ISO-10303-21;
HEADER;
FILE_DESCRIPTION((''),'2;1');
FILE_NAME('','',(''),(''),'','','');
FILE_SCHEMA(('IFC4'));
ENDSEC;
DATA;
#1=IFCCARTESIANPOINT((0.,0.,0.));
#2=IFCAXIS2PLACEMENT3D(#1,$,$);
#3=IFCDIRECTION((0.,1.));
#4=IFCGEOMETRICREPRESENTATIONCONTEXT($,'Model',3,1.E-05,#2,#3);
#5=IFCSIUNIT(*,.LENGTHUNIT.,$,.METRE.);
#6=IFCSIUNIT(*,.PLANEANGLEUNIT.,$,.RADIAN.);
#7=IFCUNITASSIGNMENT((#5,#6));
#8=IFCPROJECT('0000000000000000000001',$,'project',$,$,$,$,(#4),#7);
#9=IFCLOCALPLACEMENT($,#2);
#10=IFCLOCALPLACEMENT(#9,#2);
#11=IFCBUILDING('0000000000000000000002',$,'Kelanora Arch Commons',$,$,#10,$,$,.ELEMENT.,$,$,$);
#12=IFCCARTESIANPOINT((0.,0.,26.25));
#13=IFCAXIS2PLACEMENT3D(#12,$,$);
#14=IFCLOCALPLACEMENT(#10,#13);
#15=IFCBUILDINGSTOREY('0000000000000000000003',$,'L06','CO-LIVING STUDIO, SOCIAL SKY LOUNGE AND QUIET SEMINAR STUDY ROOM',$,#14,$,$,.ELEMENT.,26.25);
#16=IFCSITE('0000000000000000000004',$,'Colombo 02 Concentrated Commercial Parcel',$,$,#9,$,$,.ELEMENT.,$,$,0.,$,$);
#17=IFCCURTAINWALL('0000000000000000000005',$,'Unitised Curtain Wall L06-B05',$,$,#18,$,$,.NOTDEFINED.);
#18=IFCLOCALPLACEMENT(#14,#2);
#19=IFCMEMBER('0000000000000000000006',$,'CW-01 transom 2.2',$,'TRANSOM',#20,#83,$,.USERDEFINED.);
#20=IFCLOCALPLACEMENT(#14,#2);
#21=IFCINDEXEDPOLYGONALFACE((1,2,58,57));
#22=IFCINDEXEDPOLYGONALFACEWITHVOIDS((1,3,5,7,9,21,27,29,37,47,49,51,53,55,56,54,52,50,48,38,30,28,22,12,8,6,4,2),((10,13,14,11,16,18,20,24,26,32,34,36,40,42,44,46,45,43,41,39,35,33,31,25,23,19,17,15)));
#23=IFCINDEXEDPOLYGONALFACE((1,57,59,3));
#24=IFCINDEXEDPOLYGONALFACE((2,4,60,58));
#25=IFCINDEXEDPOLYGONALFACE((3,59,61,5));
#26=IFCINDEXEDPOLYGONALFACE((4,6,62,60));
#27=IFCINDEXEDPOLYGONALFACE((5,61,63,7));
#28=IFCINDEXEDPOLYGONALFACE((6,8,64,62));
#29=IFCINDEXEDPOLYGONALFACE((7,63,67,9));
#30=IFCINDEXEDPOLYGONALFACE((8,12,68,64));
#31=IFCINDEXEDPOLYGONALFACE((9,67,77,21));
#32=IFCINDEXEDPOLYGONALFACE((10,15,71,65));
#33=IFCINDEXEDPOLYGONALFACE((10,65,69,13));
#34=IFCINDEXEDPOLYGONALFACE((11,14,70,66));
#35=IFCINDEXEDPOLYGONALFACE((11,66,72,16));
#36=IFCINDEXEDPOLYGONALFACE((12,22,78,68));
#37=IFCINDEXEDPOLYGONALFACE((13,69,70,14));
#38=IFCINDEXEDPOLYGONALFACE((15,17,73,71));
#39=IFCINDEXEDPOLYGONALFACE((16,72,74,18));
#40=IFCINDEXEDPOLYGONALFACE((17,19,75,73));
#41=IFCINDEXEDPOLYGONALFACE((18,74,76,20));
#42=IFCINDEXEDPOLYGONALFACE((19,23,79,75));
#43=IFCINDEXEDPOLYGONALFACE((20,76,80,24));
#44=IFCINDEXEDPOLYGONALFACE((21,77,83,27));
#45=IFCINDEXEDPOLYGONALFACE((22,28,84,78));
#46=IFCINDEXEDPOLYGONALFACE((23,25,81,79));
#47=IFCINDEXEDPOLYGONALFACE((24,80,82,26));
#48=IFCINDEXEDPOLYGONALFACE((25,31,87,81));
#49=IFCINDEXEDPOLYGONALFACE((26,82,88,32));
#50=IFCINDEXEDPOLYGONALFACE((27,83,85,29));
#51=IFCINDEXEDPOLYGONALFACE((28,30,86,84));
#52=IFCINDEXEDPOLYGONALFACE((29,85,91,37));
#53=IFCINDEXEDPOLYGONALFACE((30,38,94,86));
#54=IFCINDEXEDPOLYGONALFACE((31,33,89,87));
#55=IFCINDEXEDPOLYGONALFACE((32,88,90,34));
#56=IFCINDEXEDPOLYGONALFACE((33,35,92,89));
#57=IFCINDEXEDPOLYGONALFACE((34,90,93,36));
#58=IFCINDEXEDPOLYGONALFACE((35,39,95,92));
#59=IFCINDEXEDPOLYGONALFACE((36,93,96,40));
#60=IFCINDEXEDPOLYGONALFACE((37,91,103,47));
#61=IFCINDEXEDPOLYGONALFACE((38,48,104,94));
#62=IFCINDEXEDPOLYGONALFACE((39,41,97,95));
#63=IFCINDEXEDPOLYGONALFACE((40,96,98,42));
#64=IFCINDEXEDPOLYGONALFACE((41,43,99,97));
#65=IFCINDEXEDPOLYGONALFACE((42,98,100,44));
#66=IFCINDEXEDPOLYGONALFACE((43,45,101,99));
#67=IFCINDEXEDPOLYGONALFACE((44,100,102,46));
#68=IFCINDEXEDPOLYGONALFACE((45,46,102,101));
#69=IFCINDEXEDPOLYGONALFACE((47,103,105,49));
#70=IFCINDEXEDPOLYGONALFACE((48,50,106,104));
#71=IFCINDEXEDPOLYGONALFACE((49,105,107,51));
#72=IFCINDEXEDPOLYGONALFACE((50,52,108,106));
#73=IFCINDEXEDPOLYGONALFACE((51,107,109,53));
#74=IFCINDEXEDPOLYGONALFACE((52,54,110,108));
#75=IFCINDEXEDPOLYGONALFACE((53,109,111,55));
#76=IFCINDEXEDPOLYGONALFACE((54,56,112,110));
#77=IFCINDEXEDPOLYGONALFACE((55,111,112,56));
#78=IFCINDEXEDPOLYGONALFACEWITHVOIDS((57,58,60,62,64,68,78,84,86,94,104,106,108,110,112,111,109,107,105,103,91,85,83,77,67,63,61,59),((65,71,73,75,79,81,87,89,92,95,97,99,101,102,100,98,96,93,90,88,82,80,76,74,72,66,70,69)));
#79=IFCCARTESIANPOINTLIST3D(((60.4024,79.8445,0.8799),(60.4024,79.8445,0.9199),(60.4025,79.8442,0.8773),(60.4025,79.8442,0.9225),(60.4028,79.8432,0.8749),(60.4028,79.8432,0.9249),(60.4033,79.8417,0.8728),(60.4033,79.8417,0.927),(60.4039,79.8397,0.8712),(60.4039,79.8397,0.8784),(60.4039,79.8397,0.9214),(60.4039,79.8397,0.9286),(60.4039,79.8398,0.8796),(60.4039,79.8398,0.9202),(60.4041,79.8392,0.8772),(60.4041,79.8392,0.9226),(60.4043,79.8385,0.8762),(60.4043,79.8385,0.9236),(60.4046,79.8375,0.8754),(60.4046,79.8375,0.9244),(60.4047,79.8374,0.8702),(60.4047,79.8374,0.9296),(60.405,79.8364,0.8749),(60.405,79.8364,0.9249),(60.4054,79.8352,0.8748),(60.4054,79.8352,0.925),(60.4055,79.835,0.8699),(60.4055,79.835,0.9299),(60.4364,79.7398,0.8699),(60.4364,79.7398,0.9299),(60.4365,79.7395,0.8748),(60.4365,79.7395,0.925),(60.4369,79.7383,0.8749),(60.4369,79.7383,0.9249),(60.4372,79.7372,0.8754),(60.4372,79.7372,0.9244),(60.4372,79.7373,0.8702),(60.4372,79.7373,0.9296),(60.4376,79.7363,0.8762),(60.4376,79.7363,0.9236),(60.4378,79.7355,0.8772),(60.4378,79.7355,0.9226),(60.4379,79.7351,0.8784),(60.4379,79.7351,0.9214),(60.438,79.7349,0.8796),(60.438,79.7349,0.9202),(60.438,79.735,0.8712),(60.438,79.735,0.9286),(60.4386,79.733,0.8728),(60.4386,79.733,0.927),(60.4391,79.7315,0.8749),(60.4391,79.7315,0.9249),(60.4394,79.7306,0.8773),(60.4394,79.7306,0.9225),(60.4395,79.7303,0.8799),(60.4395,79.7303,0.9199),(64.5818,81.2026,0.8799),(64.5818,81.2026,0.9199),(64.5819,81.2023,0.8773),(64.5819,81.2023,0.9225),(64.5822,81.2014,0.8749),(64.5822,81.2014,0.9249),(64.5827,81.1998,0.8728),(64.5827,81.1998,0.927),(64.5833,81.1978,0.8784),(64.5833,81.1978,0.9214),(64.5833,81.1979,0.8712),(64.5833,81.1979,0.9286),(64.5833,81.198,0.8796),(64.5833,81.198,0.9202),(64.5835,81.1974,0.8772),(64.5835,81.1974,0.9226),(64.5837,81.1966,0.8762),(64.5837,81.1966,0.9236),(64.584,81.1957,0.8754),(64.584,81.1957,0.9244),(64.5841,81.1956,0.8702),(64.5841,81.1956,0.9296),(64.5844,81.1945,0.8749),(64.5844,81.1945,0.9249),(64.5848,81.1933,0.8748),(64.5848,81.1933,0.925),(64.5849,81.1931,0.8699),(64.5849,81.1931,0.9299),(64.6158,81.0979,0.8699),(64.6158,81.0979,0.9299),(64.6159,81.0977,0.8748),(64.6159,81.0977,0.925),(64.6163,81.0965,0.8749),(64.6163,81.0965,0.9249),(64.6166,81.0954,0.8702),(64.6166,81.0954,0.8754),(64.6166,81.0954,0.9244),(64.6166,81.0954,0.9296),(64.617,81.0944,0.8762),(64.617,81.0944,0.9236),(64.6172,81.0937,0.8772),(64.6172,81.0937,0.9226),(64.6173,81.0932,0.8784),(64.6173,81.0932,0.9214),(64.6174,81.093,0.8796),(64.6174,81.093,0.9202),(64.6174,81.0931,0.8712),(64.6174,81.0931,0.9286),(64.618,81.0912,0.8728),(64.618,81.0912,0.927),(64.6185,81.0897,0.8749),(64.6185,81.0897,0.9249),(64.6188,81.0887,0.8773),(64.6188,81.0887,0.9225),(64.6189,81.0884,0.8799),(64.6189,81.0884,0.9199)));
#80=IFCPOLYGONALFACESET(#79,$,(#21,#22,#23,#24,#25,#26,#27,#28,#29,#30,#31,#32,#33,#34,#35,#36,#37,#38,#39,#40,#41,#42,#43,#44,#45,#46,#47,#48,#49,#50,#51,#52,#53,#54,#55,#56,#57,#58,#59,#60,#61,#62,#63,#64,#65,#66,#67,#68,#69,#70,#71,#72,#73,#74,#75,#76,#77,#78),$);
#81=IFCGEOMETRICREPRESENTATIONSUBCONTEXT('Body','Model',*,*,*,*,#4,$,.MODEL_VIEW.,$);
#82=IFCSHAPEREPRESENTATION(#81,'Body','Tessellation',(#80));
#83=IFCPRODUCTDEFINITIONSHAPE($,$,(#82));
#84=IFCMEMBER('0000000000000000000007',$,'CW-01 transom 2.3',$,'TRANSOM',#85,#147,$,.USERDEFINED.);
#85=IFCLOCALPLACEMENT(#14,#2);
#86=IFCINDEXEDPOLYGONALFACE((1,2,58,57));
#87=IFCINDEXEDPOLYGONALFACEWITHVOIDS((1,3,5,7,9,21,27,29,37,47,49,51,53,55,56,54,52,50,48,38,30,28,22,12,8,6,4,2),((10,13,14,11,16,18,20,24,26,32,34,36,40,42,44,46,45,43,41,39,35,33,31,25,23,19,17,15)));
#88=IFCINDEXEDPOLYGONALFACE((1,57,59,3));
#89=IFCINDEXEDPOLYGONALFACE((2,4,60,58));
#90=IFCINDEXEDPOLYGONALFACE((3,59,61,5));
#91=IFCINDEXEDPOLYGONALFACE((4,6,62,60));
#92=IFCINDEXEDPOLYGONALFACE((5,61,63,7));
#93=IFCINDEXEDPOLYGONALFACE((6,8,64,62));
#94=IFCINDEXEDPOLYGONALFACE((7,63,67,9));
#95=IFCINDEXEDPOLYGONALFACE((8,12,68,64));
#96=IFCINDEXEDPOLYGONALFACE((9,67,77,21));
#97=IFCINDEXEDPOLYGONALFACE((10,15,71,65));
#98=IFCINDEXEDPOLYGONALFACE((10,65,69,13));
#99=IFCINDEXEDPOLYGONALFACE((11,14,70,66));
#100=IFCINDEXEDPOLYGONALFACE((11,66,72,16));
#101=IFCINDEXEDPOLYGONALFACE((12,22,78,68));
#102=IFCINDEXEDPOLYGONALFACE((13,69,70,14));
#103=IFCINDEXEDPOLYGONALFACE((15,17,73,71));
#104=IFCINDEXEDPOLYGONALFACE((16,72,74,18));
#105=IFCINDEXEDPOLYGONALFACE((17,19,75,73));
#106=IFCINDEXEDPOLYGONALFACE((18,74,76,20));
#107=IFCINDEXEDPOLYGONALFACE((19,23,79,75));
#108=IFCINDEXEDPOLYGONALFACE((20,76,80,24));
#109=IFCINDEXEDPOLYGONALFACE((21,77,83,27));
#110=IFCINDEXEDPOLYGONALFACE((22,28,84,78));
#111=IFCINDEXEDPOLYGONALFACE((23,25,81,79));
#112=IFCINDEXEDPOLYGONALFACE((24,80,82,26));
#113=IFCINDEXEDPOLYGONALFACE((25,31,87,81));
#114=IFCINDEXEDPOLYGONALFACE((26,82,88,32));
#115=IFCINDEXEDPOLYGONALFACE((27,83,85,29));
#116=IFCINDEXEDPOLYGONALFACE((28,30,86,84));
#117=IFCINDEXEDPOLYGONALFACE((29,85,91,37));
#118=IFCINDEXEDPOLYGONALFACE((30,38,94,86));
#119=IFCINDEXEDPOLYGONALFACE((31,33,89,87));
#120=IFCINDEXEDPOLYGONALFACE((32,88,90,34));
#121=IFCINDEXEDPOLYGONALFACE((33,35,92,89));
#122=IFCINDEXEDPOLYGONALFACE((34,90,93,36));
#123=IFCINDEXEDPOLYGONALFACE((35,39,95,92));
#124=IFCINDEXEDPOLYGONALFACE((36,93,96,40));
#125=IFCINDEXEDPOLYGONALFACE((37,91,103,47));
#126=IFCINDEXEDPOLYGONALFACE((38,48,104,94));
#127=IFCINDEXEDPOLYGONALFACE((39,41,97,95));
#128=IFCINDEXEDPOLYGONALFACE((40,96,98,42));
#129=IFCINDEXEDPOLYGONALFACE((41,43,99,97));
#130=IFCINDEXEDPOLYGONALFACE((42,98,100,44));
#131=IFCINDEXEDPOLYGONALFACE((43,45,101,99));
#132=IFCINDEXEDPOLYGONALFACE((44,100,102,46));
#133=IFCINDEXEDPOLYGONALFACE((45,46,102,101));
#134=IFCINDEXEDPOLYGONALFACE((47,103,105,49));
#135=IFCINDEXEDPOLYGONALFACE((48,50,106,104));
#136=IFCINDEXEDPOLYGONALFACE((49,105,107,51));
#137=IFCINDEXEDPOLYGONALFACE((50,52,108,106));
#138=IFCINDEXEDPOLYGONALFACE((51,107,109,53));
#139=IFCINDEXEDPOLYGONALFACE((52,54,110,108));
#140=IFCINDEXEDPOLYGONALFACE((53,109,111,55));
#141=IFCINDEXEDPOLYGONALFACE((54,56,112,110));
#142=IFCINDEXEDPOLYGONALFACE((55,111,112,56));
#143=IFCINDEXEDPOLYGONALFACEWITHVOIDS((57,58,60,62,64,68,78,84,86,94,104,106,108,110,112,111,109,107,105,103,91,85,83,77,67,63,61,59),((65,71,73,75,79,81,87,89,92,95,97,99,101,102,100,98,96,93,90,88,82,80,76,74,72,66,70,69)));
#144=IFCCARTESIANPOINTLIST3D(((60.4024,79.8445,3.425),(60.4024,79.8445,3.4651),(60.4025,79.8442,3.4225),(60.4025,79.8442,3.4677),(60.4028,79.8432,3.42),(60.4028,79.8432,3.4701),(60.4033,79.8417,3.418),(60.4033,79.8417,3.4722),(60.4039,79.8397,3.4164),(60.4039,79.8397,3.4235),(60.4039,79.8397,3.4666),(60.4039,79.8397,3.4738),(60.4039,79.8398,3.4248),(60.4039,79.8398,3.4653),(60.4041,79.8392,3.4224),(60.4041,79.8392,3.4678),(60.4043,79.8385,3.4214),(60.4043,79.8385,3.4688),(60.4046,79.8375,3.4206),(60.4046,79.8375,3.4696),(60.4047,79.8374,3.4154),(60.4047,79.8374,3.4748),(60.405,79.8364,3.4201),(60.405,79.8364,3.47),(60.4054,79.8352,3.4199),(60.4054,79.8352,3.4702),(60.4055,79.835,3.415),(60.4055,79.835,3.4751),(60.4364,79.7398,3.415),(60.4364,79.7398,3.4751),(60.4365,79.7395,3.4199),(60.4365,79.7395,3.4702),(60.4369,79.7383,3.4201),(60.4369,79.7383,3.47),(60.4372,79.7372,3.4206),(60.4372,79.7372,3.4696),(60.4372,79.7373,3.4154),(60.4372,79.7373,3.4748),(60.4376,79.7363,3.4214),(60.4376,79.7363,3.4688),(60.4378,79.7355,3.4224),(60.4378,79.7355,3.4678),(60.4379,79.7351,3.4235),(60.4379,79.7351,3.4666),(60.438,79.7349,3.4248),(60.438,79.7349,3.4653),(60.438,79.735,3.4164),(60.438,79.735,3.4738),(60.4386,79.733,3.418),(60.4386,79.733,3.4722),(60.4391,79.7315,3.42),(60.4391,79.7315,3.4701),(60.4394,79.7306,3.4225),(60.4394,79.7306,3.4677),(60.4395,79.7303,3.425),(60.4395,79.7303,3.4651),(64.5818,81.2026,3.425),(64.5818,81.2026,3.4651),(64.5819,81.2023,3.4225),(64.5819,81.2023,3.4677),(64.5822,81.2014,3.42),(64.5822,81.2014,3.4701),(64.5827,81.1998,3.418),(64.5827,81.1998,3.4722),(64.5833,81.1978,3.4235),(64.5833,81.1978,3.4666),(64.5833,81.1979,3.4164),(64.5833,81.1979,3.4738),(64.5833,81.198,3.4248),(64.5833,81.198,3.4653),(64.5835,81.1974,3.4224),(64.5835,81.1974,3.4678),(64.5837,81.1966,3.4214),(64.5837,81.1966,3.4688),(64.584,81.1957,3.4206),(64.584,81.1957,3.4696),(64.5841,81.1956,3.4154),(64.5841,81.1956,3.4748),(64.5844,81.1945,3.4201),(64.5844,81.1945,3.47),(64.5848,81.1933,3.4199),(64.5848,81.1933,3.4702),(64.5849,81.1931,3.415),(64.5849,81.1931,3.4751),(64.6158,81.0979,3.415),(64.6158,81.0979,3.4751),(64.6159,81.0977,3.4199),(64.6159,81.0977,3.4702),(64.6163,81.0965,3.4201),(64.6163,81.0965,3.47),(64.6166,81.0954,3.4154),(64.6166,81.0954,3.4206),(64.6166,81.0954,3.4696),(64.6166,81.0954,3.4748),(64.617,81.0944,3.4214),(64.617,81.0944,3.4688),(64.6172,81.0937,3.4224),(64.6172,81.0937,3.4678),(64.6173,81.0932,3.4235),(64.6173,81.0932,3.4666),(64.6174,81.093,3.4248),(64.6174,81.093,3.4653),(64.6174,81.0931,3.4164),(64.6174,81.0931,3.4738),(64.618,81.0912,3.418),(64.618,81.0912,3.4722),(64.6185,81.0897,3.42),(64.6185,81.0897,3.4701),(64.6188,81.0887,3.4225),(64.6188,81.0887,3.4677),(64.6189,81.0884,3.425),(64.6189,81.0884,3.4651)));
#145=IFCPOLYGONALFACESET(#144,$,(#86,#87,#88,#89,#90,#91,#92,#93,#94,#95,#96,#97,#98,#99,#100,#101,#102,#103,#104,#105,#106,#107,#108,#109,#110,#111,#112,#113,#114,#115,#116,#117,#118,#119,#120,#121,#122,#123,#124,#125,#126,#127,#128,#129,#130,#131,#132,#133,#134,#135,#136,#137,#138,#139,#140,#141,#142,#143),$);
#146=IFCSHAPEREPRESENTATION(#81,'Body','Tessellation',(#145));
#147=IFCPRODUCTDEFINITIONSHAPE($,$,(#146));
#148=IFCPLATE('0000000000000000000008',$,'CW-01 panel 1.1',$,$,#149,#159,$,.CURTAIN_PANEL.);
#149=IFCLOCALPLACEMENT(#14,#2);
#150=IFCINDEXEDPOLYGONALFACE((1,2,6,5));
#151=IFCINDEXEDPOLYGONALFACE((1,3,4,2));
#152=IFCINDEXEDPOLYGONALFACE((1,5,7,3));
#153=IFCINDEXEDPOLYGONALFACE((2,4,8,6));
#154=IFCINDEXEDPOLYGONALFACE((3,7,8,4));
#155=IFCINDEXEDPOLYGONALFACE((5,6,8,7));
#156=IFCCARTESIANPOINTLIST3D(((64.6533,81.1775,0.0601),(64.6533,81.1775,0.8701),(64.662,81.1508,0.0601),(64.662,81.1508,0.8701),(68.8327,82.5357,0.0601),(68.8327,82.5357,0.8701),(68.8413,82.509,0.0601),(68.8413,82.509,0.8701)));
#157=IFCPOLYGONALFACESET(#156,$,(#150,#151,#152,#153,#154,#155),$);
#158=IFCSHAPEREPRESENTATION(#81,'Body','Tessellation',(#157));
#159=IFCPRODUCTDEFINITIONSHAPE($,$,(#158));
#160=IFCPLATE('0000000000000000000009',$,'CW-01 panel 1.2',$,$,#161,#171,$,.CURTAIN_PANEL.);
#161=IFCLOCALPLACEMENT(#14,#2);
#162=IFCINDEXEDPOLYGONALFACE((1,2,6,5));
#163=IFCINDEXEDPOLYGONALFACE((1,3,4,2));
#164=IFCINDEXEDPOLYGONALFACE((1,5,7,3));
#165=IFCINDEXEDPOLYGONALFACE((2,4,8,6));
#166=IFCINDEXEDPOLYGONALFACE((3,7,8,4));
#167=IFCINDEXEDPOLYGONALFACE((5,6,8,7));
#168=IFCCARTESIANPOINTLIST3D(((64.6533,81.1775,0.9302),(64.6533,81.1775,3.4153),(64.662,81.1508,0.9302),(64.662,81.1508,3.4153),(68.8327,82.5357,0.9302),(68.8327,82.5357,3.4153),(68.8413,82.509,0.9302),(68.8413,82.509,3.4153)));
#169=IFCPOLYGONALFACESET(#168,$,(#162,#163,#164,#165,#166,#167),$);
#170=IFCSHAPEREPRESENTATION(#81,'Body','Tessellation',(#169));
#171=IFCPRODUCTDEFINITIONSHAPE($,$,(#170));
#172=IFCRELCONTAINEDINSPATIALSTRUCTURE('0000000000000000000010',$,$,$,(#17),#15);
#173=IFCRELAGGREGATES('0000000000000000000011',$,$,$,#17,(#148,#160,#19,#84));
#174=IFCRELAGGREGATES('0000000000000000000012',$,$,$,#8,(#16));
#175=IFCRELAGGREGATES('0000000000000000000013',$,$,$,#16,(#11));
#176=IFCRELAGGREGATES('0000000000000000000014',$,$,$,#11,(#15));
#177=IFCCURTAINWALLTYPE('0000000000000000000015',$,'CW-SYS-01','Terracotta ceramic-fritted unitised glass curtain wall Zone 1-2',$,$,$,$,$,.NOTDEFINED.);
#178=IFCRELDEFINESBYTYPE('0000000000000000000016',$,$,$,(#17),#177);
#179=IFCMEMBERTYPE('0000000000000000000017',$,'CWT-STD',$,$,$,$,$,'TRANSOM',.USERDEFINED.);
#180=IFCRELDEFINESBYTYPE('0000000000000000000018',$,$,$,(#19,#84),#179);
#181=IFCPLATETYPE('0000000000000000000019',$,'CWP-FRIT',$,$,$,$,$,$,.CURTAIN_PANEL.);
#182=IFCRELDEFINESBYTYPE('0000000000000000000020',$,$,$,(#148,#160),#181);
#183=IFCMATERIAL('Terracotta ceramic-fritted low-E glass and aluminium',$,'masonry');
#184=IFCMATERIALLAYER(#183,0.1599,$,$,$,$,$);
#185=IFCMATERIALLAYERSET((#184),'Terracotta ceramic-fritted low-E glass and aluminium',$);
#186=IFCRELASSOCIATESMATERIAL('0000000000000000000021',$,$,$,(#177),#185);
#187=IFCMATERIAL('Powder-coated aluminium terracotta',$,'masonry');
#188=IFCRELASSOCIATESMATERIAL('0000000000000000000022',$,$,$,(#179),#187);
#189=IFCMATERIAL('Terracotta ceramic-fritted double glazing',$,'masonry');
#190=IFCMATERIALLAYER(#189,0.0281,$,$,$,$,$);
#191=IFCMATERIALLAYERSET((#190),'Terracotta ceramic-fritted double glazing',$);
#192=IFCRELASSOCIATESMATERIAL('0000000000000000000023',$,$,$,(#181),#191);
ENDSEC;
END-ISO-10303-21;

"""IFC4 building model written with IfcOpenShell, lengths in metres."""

from ifc_helpers import new_model, si_unit, direction, frame, origin, origin_2d, place, context, subcontext, project, spatial, rectangle, hollow_rectangle, extrude, source, transform, mapped, material, layer, layer_set, material_profile, profile_set, type_object, element, aggregate, save


model = new_model("IFC4")

# Units and contexts
model_context = context("Model", 3, precision=1e-05, world=origin(), true_north=direction((0.0, 1.0)))
body_context = subcontext(model_context, "Body", "Model", "MODEL_VIEW")
ifc_project = project(units=[si_unit("LENGTHUNIT", "METRE"), si_unit("PLANEANGLEUNIT", "RADIAN")], contexts=[model_context])

# Site, building, storey
site_placement = place(None, origin())
site = spatial("IfcSite", under=ifc_project, at=site_placement, Name="Colombo 02 Concentrated Commercial Parcel", CompositionType="ELEMENT", RefElevation=0.0)
building_placement = place(site_placement, origin())
building = spatial("IfcBuilding", under=site, at=building_placement, Name="Kelanora Arch Commons", CompositionType="ELEMENT")
storey_placement = place(building_placement, frame((0.0, 0.0, 26.25)))
storey = spatial("IfcBuildingStorey", under=building, at=storey_placement, Name="L06", Description="CO-LIVING STUDIO, SOCIAL SKY LOUNGE AND QUIET SEMINAR STUDY ROOM", CompositionType="ELEMENT", Elevation=26.25)

# Curtain wall, members, plates
ifc_material_1 = material(Name="Terracotta ceramic-fritted low-E glass and aluminium", Category="masonry")
ifc_layer_1 = layer(ifc_material_1, 0.1599)
ifc_layer_set_1 = layer_set([ifc_layer_1], Name="Terracotta ceramic-fritted low-E glass and aluminium")
curtain_wall_type = type_object("IfcCurtainWallType", Name="CW-SYS-01", Description="Terracotta ceramic-fritted unitised glass curtain wall Zone 1-2", PredefinedType="NOTDEFINED", material=ifc_layer_set_1)
curtain_wall_placement = place(storey_placement, origin())
curtain_wall = element("IfcCurtainWall", 1, at=curtain_wall_placement, inside=storey, type_object=curtain_wall_type, Name="Unitised Curtain Wall L06-B05", PredefinedType="NOTDEFINED")
ifc_material_2 = material(Name="Powder-coated aluminium terracotta", Category="masonry")
ifc_material_profile_1 = material_profile(ifc_material_2, hollow_rectangle(XDim=0.1201, YDim=0.0601, WallThickness=0.0049, InnerFilletRadius=0.0049, OuterFilletRadius=0.01, at=origin_2d()), Name="CWT120x60")
ifc_profile_set_1 = profile_set([ifc_material_profile_1], Name="Powder-coated aluminium terracotta")
member_type_1 = type_object("IfcMemberType", Name="CWT-STD", ElementType="TRANSOM", PredefinedType="USERDEFINED", material=ifc_profile_set_1)
member_1_placement = place(storey_placement, frame((64.6003, 81.1455, 0.8999), z_axis=(-0.951045, -0.309052, 0.0), x_axis=(0.309052, -0.951045, 0.0)))
member_1 = element("IfcMember", 2, at=member_1_placement, type_object=member_type_1, Name="CW-01 transom 2.2", ObjectType="TRANSOM", PredefinedType="USERDEFINED", context=body_context, shape_type="SweptSolid", body=[
    extrude(hollow_rectangle(XDim=0.1201, YDim=0.0601, WallThickness=0.0049, InnerFilletRadius=0.0049, OuterFilletRadius=0.01, at=origin_2d()), origin(), (0.0, 0.0, 1.0), 4.3945),
])
member_2_placement = place(storey_placement, frame((64.6003, 81.1455, 3.4451), z_axis=(-0.951045, -0.309052, 0.0), x_axis=(0.309052, -0.951045, 0.0)))
member_2 = element("IfcMember", 3, at=member_2_placement, type_object=member_type_1, Name="CW-01 transom 2.3", ObjectType="TRANSOM", PredefinedType="USERDEFINED", context=body_context, shape_type="SweptSolid", body=[
    extrude(hollow_rectangle(XDim=0.1201, YDim=0.0601, WallThickness=0.0049, InnerFilletRadius=0.0049, OuterFilletRadius=0.01, at=origin_2d()), origin(), (0.0, 0.0, 1.0), 4.3945),
])
ifc_material_3 = material(Name="Terracotta ceramic-fritted double glazing", Category="masonry")
ifc_layer_2 = layer(ifc_material_3, 0.0281)
ifc_layer_set_2 = layer_set([ifc_layer_2], Name="Terracotta ceramic-fritted double glazing")
plate_type = type_object("IfcPlateType", Name="CWP-FRIT", PredefinedType="CURTAIN_PANEL", material=ifc_layer_set_2)
shared_shape_1 = source(origin(), body_context, "Body", "SweptSolid", [
    extrude(rectangle(XDim=4.3945, YDim=0.0281, at=origin_2d()), origin(), (0.0, 0.0, 1.0), 0.8101),
])
plate_1_placement = place(storey_placement, frame((66.7473, 81.8433, 0.0601), z_axis=(0.0, 0.0, 1.0), x_axis=(-0.951043, -0.309058, 0.0)))
plate_1 = element("IfcPlate", 4, at=plate_1_placement, type_object=plate_type, Name="CW-01 panel 1.1", PredefinedType="CURTAIN_PANEL", context=body_context, shape_type="MappedRepresentation", body=[
    mapped(shared_shape_1, transform((0.0, 0.0, 0.0), scale=1.0)),
])
shared_shape_2 = source(origin(), body_context, "Body", "SweptSolid", [
    extrude(rectangle(XDim=4.3945, YDim=0.0281, at=origin_2d()), origin(), (0.0, 0.0, 1.0), 2.4851),
])
plate_2_placement = place(storey_placement, frame((66.7473, 81.8433, 0.9302), z_axis=(0.0, 0.0, 1.0), x_axis=(-0.951043, -0.309058, 0.0)))
plate_2 = element("IfcPlate", 5, at=plate_2_placement, type_object=plate_type, Name="CW-01 panel 1.2", PredefinedType="CURTAIN_PANEL", context=body_context, shape_type="MappedRepresentation", body=[
    mapped(shared_shape_2, transform((0.0, 0.0, 0.0), scale=1.0)),
])
aggregate(curtain_wall, [plate_1, plate_2, member_1, member_2])

save(model, "model.ifc")
